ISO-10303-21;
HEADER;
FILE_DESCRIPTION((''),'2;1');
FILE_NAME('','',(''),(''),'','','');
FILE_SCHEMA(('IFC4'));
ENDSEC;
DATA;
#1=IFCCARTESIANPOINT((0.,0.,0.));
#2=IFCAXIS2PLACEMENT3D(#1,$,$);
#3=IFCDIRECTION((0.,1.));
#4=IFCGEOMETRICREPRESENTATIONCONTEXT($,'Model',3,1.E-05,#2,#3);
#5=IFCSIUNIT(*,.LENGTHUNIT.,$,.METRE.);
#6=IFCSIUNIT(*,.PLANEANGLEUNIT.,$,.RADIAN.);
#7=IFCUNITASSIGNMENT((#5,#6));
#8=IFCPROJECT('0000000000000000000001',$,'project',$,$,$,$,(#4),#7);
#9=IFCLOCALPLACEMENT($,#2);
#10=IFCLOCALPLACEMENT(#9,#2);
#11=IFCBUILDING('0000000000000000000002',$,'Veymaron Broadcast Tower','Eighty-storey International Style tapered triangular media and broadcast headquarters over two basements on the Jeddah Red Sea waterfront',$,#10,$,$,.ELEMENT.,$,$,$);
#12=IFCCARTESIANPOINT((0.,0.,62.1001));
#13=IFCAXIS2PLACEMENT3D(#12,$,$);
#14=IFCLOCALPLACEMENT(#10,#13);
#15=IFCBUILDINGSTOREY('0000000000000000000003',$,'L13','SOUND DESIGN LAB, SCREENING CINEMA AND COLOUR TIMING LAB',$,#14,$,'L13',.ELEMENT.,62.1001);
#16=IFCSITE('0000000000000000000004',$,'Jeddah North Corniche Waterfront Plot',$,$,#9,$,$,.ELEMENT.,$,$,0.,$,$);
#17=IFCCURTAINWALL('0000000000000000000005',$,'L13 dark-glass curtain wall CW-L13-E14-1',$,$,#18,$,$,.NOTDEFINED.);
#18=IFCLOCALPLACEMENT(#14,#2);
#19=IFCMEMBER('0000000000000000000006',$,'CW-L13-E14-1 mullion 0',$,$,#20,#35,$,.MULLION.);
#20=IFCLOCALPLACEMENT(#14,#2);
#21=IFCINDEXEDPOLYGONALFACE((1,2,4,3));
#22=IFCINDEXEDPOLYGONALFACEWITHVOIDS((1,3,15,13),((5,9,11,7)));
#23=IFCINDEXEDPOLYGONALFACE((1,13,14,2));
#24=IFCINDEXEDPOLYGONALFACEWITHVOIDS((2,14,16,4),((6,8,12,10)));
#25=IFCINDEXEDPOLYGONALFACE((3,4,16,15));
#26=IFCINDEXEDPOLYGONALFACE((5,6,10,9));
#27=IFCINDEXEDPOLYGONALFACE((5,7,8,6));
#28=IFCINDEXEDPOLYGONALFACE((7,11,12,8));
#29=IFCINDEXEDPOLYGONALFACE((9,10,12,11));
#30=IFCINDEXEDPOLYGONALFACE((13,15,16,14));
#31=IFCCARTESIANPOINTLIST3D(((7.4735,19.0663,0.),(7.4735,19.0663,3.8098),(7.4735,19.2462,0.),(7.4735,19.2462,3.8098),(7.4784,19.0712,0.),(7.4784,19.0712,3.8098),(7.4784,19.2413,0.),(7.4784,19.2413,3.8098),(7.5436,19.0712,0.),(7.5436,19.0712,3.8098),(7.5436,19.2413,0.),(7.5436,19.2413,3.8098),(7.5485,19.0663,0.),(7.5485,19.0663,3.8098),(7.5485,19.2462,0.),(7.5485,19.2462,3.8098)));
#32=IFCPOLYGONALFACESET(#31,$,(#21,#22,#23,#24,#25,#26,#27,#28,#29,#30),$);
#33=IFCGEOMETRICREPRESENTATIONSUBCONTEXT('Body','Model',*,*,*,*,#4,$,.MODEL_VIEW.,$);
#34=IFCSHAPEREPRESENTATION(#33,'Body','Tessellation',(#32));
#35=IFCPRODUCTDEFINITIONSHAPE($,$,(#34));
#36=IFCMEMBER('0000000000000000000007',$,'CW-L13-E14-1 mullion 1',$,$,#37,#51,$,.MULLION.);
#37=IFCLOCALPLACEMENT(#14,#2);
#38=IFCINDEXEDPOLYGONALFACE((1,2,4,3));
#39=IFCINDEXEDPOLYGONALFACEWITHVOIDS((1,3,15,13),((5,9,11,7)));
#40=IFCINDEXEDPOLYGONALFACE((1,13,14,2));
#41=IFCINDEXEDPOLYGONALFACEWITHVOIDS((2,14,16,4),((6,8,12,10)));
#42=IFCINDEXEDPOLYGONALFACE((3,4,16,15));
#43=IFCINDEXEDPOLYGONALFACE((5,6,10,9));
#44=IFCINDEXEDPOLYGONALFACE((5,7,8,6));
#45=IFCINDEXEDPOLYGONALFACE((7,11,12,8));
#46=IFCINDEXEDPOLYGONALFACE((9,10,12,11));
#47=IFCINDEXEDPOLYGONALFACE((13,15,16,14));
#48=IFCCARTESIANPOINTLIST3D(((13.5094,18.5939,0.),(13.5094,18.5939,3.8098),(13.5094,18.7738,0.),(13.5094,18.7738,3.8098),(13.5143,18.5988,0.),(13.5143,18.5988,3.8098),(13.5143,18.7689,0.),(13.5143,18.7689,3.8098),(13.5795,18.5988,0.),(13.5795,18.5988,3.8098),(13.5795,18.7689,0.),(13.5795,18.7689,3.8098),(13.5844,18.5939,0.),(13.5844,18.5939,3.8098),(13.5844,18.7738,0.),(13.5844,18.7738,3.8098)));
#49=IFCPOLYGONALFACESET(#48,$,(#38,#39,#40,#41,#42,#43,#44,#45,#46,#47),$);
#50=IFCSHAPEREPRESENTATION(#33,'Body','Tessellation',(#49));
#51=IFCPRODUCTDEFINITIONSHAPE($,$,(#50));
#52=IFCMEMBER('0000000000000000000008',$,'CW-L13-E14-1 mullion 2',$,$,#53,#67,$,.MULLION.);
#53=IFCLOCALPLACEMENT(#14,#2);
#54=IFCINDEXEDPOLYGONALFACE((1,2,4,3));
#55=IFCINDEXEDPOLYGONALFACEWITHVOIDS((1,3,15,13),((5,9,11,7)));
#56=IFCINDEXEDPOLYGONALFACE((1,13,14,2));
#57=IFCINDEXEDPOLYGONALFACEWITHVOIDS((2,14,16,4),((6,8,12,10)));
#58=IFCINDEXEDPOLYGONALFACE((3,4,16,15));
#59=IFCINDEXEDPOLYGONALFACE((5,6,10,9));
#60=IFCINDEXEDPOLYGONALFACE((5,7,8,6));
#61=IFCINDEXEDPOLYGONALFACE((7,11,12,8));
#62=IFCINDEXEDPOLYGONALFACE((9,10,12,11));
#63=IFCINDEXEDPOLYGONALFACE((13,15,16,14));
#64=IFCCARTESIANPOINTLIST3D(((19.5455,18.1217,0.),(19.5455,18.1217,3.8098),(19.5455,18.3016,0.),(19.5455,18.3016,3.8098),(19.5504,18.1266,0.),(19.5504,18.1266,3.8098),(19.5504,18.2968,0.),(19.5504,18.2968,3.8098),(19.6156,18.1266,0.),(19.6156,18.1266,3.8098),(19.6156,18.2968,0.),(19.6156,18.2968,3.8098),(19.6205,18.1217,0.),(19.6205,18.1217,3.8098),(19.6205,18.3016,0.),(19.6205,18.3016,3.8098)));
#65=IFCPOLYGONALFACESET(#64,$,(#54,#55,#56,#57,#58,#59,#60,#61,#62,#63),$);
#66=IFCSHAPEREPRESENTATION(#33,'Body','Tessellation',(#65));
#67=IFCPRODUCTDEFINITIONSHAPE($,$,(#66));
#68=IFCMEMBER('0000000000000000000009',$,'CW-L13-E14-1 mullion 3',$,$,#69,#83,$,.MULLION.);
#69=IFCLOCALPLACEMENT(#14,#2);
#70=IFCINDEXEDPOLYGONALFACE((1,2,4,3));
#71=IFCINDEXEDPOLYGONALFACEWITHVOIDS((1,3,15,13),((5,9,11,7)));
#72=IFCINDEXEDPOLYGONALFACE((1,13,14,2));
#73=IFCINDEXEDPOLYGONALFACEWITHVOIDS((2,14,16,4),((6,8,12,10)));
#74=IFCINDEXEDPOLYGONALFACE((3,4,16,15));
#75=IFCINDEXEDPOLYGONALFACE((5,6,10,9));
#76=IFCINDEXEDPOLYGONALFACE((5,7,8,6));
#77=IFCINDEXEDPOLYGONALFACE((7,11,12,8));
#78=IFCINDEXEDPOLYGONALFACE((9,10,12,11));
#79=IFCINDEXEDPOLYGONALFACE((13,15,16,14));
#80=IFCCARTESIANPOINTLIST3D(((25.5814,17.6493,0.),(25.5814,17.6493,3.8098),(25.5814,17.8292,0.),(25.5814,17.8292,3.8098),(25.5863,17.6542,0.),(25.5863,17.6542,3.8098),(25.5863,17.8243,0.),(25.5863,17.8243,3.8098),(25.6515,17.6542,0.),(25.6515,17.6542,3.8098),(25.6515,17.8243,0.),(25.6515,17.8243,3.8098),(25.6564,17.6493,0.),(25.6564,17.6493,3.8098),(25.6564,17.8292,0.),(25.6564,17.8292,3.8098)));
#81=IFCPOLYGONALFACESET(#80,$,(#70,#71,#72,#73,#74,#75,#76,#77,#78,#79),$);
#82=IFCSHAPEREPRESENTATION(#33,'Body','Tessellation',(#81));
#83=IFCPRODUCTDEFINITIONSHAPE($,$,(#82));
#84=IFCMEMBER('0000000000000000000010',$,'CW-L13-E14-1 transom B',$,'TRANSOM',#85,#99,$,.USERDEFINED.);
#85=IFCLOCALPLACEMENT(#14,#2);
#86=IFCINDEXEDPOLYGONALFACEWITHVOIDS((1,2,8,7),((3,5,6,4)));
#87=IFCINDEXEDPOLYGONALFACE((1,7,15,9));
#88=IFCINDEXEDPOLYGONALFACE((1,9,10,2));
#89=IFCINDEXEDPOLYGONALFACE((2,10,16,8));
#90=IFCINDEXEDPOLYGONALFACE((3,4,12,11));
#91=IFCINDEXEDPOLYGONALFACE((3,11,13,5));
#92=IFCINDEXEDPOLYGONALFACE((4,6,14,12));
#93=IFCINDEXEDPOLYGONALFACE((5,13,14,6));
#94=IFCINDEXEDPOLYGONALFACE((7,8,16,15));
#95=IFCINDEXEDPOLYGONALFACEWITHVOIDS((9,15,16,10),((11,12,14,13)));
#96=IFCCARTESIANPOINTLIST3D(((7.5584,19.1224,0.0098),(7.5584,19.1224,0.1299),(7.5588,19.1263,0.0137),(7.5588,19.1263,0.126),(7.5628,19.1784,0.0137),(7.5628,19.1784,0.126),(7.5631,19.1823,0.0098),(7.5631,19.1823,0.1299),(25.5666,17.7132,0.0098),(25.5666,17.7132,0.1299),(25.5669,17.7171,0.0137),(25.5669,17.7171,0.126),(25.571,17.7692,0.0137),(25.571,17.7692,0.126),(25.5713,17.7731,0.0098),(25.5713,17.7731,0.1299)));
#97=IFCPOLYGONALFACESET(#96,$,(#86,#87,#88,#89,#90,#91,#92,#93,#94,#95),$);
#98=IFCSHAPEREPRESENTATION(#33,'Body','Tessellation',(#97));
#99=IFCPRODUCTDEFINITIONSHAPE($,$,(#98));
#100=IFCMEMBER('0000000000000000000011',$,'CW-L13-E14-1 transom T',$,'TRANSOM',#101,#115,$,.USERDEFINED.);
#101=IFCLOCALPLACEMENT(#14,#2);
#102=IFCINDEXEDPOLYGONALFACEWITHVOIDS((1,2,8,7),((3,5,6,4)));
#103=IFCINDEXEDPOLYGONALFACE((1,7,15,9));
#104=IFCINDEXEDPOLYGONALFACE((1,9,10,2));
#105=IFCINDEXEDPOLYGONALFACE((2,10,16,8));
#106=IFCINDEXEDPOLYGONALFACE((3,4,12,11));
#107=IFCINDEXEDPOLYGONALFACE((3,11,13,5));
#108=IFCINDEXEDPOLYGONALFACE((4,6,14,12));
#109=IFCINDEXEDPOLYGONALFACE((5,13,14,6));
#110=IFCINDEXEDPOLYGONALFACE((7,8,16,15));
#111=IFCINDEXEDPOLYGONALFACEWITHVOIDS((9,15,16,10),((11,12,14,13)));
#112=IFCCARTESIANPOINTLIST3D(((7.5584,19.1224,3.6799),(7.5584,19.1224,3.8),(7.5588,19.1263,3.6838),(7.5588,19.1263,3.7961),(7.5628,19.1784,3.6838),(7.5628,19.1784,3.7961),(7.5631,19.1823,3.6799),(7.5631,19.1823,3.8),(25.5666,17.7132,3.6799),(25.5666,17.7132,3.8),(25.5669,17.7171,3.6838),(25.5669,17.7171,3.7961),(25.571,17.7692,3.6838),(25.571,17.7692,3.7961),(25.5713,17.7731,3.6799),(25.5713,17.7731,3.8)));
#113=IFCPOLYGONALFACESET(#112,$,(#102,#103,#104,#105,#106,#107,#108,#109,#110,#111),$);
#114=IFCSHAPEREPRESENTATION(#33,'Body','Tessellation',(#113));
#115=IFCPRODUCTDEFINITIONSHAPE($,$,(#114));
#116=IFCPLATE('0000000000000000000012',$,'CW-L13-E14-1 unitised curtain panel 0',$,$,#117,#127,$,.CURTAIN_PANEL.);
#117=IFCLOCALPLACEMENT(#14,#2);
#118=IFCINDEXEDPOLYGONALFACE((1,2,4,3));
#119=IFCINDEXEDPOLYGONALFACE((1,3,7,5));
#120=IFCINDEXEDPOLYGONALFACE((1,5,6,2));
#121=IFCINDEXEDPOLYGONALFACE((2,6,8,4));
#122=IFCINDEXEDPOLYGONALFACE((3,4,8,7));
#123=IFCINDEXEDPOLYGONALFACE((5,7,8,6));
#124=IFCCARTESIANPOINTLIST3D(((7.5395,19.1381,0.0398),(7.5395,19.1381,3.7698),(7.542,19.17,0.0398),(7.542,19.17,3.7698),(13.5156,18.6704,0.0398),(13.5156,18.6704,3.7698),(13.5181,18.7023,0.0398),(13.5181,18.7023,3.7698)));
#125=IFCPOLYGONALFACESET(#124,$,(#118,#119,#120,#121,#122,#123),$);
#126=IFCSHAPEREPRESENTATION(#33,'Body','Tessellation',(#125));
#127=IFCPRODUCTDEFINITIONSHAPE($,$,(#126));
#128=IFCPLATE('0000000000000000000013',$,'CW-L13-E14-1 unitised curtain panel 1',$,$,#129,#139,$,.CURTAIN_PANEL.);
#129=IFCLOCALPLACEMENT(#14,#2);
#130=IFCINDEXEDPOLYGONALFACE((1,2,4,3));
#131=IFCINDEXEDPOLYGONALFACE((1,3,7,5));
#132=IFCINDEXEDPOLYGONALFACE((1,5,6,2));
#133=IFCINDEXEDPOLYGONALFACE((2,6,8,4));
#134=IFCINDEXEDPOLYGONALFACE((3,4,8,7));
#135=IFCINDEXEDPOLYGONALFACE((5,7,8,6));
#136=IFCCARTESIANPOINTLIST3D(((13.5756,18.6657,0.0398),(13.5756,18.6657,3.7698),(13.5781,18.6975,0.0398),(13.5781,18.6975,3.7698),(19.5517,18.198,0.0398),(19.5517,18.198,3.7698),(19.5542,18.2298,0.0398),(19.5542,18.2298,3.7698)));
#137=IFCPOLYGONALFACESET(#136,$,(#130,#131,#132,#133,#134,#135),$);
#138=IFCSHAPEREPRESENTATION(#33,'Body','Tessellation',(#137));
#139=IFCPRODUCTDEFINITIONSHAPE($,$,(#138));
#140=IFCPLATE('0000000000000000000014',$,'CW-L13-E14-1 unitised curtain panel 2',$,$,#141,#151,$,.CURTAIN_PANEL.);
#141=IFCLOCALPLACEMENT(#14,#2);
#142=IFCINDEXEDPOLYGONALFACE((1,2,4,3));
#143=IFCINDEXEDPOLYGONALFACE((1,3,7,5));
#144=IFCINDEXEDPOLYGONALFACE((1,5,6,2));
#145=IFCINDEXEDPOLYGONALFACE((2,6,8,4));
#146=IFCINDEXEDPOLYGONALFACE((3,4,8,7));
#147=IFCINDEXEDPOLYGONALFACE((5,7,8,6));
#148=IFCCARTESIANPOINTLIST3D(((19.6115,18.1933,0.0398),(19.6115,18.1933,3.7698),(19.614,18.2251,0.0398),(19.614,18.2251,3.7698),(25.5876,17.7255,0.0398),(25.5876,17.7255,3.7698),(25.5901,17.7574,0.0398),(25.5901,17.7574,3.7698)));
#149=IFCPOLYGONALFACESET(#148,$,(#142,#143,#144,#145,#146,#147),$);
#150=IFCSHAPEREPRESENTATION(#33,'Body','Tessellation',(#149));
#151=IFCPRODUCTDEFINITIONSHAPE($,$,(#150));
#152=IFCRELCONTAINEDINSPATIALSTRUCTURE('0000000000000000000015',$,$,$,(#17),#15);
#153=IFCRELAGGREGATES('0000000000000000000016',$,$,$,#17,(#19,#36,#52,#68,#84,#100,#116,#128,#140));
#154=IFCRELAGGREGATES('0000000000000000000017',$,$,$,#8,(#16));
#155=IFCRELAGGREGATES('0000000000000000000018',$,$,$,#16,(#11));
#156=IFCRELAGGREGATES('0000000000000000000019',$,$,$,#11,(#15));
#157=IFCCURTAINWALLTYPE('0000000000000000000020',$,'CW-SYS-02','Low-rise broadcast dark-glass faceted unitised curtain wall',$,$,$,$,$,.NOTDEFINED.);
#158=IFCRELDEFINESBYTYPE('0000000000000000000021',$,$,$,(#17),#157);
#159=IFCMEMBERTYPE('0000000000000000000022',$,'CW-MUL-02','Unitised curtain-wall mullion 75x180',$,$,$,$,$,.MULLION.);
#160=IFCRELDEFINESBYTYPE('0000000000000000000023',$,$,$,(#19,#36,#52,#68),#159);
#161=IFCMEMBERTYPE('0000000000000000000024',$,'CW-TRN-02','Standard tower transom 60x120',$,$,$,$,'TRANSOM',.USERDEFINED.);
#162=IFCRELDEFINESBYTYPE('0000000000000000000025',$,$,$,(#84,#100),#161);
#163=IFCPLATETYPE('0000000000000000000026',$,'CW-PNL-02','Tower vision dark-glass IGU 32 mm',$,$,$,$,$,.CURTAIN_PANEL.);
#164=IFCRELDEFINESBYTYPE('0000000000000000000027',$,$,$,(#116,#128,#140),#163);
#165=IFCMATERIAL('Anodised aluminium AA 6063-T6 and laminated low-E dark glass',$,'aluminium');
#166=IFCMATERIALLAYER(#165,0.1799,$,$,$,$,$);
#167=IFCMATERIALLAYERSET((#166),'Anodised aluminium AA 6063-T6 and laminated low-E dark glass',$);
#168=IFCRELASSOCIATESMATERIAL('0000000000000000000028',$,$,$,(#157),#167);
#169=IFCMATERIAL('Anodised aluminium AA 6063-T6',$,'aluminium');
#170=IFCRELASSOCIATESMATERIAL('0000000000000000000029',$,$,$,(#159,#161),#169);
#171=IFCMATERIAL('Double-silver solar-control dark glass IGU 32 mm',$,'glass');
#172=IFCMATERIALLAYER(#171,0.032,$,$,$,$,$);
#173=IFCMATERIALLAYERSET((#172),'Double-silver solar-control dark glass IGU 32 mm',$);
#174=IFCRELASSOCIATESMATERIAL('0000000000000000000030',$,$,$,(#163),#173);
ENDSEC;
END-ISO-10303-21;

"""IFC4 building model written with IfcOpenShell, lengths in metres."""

from ifc_helpers import new_model, si_unit, direction, frame, origin, origin_2d, place, context, subcontext, project, spatial, rectangle, hollow_rectangle, extrude, material, layer, layer_set, material_profile, profile_set, type_object, element, aggregate, save


model = new_model("IFC4")

# Units and contexts
model_context = context("Model", 3, precision=1e-05, world=origin(), true_north=direction((0.0, 1.0)))
body_context = subcontext(model_context, "Body", "Model", "MODEL_VIEW")
ifc_project = project(units=[si_unit("LENGTHUNIT", "METRE"), si_unit("PLANEANGLEUNIT", "RADIAN")], contexts=[model_context])

# Site, building, storey
site_placement = place(None, origin())
site = spatial("IfcSite", under=ifc_project, at=site_placement, Name="Jeddah North Corniche Waterfront Plot", CompositionType="ELEMENT", RefElevation=0.0)
building_placement = place(site_placement, origin())
building = spatial("IfcBuilding", under=site, at=building_placement, Name="Veymaron Broadcast Tower", Description="Eighty-storey International Style tapered triangular media and broadcast headquarters over two basements on the Jeddah Red Sea waterfront", CompositionType="ELEMENT")
storey_placement = place(building_placement, frame((0.0, 0.0, 62.1001)))
storey = spatial("IfcBuildingStorey", under=building, at=storey_placement, Name="L13", Description="SOUND DESIGN LAB, SCREENING CINEMA AND COLOUR TIMING LAB", LongName="L13", CompositionType="ELEMENT", Elevation=62.1001)

# Curtain wall, members, plates
ifc_material_1 = material(Name="Anodised aluminium AA 6063-T6 and laminated low-E dark glass", Category="aluminium")
ifc_layer_1 = layer(ifc_material_1, 0.1799)
ifc_layer_set_1 = layer_set([ifc_layer_1], Name="Anodised aluminium AA 6063-T6 and laminated low-E dark glass")
curtain_wall_type = type_object("IfcCurtainWallType", Name="CW-SYS-02", Description="Low-rise broadcast dark-glass faceted unitised curtain wall", PredefinedType="NOTDEFINED", material=ifc_layer_set_1)
curtain_wall_placement = place(storey_placement, origin())
curtain_wall = element("IfcCurtainWall", 1, at=curtain_wall_placement, inside=storey, type_object=curtain_wall_type, Name="L13 dark-glass curtain wall CW-L13-E14-1", PredefinedType="NOTDEFINED")
ifc_material_2 = material(Name="Anodised aluminium AA 6063-T6", Category="aluminium")
ifc_material_profile_1 = material_profile(ifc_material_2, hollow_rectangle(XDim=0.075, YDim=0.1799, WallThickness=0.0049, at=origin_2d()), Name="AL180X75X5")
ifc_profile_set_1 = profile_set([ifc_material_profile_1], Name="Anodised aluminium AA 6063-T6")
member_type_1 = type_object("IfcMemberType", Name="CW-MUL-02", Description="Unitised curtain-wall mullion 75x180", PredefinedType="MULLION", material=ifc_profile_set_1)
member_1_placement = place(storey_placement, frame((7.511, 19.1562, 0.0), z_axis=(0.0, 0.0, 1.0), x_axis=(1.0, 0.0, 0.0)))
member_1 = element("IfcMember", 2, at=member_1_placement, type_object=member_type_1, Name="CW-L13-E14-1 mullion 0", PredefinedType="MULLION", context=body_context, shape_type="SweptSolid", body=[
    extrude(hollow_rectangle(XDim=0.075, YDim=0.1799, WallThickness=0.0049, at=origin_2d()), origin(), (0.0, 0.0, 1.0), 3.8098),
])
member_2_placement = place(storey_placement, frame((13.5469, 18.6838, 0.0), z_axis=(0.0, 0.0, 1.0), x_axis=(1.0, 0.0, 0.0)))
member_2 = element("IfcMember", 3, at=member_2_placement, type_object=member_type_1, Name="CW-L13-E14-1 mullion 1", PredefinedType="MULLION", context=body_context, shape_type="SweptSolid", body=[
    extrude(hollow_rectangle(XDim=0.075, YDim=0.1799, WallThickness=0.0049, at=origin_2d()), origin(), (0.0, 0.0, 1.0), 3.8098),
])
member_3_placement = place(storey_placement, frame((19.583, 18.2117, 0.0), z_axis=(0.0, 0.0, 1.0), x_axis=(1.0, 0.0, 0.0)))
member_3 = element("IfcMember", 4, at=member_3_placement, type_object=member_type_1, Name="CW-L13-E14-1 mullion 2", PredefinedType="MULLION", context=body_context, shape_type="SweptSolid", body=[
    extrude(hollow_rectangle(XDim=0.075, YDim=0.1799, WallThickness=0.0049, at=origin_2d()), origin(), (0.0, 0.0, 1.0), 3.8098),
])
member_4_placement = place(storey_placement, frame((25.6189, 17.7393, 0.0), z_axis=(0.0, 0.0, 1.0), x_axis=(1.0, 0.0, 0.0)))
member_4 = element("IfcMember", 5, at=member_4_placement, type_object=member_type_1, Name="CW-L13-E14-1 mullion 3", PredefinedType="MULLION", context=body_context, shape_type="SweptSolid", body=[
    extrude(hollow_rectangle(XDim=0.075, YDim=0.1799, WallThickness=0.0049, at=origin_2d()), origin(), (0.0, 0.0, 1.0), 3.8098),
])
ifc_material_profile_2 = material_profile(ifc_material_2, hollow_rectangle(XDim=0.0601, YDim=0.1201, WallThickness=0.0039, at=origin_2d()), Name="AL120X60X4")
ifc_profile_set_2 = profile_set([ifc_material_profile_2], Name="Anodised aluminium AA 6063-T6")
member_type_2 = type_object("IfcMemberType", Name="CW-TRN-02", Description="Standard tower transom 60x120", ElementType="TRANSOM", PredefinedType="USERDEFINED", material=ifc_profile_set_2)
member_5_placement = place(storey_placement, frame((7.5608, 19.1523, 0.0698), z_axis=(0.996952, -0.078013, 0.0), x_axis=(0.078013, 0.996952, 0.0)))
member_5 = element("IfcMember", 6, at=member_5_placement, type_object=member_type_2, Name="CW-L13-E14-1 transom B", ObjectType="TRANSOM", PredefinedType="USERDEFINED", context=body_context, shape_type="SweptSolid", body=[
    extrude(hollow_rectangle(XDim=0.0601, YDim=0.1201, WallThickness=0.0039, at=origin_2d()), origin(), (0.0, 0.0, 1.0), 18.0632),
])
member_6_placement = place(storey_placement, frame((7.5608, 19.1523, 3.74), z_axis=(0.996952, -0.078013, 0.0), x_axis=(0.078013, 0.996952, 0.0)))
member_6 = element("IfcMember", 7, at=member_6_placement, type_object=member_type_2, Name="CW-L13-E14-1 transom T", ObjectType="TRANSOM", PredefinedType="USERDEFINED", context=body_context, shape_type="SweptSolid", body=[
    extrude(hollow_rectangle(XDim=0.0601, YDim=0.1201, WallThickness=0.0039, at=origin_2d()), origin(), (0.0, 0.0, 1.0), 18.0632),
])
ifc_material_3 = material(Name="Double-silver solar-control dark glass IGU 32 mm", Category="glass")
ifc_layer_2 = layer(ifc_material_3, 0.032)
ifc_layer_set_2 = layer_set([ifc_layer_2], Name="Double-silver solar-control dark glass IGU 32 mm")
plate_type = type_object("IfcPlateType", Name="CW-PNL-02", Description="Tower vision dark-glass IGU 32 mm", PredefinedType="CURTAIN_PANEL", material=ifc_layer_set_2)
plate_1_placement = place(storey_placement, frame((10.5288, 18.9202, 0.0398), z_axis=(0.0, 0.0, 1.0), x_axis=(0.996951, -0.078024, 0.0)))
plate_1 = element("IfcPlate", 8, at=plate_1_placement, type_object=plate_type, Name="CW-L13-E14-1 unitised curtain panel 0", PredefinedType="CURTAIN_PANEL", context=body_context, shape_type="SweptSolid", body=[
    extrude(rectangle(XDim=5.9944, YDim=0.032, at=origin_2d()), origin(), (0.0, 0.0, 1.0), 3.73),
])
plate_2_placement = place(storey_placement, frame((16.5649, 18.4478, 0.0398), z_axis=(0.0, 0.0, 1.0), x_axis=(0.996951, -0.078024, 0.0)))
plate_2 = element("IfcPlate", 9, at=plate_2_placement, type_object=plate_type, Name="CW-L13-E14-1 unitised curtain panel 1", PredefinedType="CURTAIN_PANEL", context=body_context, shape_type="SweptSolid", body=[
    extrude(rectangle(XDim=5.9944, YDim=0.032, at=origin_2d()), origin(), (0.0, 0.0, 1.0), 3.73),
])
plate_3_placement = place(storey_placement, frame((22.6008, 17.9753, 0.0398), z_axis=(0.0, 0.0, 1.0), x_axis=(0.996951, -0.078024, 0.0)))
plate_3 = element("IfcPlate", 10, at=plate_3_placement, type_object=plate_type, Name="CW-L13-E14-1 unitised curtain panel 2", PredefinedType="CURTAIN_PANEL", context=body_context, shape_type="SweptSolid", body=[
    extrude(rectangle(XDim=5.9944, YDim=0.032, at=origin_2d()), origin(), (0.0, 0.0, 1.0), 3.73),
])
aggregate(curtain_wall, [member_1, member_2, member_3, member_4, member_5, member_6, plate_1, plate_2, plate_3])

save(model, "model.ifc")
